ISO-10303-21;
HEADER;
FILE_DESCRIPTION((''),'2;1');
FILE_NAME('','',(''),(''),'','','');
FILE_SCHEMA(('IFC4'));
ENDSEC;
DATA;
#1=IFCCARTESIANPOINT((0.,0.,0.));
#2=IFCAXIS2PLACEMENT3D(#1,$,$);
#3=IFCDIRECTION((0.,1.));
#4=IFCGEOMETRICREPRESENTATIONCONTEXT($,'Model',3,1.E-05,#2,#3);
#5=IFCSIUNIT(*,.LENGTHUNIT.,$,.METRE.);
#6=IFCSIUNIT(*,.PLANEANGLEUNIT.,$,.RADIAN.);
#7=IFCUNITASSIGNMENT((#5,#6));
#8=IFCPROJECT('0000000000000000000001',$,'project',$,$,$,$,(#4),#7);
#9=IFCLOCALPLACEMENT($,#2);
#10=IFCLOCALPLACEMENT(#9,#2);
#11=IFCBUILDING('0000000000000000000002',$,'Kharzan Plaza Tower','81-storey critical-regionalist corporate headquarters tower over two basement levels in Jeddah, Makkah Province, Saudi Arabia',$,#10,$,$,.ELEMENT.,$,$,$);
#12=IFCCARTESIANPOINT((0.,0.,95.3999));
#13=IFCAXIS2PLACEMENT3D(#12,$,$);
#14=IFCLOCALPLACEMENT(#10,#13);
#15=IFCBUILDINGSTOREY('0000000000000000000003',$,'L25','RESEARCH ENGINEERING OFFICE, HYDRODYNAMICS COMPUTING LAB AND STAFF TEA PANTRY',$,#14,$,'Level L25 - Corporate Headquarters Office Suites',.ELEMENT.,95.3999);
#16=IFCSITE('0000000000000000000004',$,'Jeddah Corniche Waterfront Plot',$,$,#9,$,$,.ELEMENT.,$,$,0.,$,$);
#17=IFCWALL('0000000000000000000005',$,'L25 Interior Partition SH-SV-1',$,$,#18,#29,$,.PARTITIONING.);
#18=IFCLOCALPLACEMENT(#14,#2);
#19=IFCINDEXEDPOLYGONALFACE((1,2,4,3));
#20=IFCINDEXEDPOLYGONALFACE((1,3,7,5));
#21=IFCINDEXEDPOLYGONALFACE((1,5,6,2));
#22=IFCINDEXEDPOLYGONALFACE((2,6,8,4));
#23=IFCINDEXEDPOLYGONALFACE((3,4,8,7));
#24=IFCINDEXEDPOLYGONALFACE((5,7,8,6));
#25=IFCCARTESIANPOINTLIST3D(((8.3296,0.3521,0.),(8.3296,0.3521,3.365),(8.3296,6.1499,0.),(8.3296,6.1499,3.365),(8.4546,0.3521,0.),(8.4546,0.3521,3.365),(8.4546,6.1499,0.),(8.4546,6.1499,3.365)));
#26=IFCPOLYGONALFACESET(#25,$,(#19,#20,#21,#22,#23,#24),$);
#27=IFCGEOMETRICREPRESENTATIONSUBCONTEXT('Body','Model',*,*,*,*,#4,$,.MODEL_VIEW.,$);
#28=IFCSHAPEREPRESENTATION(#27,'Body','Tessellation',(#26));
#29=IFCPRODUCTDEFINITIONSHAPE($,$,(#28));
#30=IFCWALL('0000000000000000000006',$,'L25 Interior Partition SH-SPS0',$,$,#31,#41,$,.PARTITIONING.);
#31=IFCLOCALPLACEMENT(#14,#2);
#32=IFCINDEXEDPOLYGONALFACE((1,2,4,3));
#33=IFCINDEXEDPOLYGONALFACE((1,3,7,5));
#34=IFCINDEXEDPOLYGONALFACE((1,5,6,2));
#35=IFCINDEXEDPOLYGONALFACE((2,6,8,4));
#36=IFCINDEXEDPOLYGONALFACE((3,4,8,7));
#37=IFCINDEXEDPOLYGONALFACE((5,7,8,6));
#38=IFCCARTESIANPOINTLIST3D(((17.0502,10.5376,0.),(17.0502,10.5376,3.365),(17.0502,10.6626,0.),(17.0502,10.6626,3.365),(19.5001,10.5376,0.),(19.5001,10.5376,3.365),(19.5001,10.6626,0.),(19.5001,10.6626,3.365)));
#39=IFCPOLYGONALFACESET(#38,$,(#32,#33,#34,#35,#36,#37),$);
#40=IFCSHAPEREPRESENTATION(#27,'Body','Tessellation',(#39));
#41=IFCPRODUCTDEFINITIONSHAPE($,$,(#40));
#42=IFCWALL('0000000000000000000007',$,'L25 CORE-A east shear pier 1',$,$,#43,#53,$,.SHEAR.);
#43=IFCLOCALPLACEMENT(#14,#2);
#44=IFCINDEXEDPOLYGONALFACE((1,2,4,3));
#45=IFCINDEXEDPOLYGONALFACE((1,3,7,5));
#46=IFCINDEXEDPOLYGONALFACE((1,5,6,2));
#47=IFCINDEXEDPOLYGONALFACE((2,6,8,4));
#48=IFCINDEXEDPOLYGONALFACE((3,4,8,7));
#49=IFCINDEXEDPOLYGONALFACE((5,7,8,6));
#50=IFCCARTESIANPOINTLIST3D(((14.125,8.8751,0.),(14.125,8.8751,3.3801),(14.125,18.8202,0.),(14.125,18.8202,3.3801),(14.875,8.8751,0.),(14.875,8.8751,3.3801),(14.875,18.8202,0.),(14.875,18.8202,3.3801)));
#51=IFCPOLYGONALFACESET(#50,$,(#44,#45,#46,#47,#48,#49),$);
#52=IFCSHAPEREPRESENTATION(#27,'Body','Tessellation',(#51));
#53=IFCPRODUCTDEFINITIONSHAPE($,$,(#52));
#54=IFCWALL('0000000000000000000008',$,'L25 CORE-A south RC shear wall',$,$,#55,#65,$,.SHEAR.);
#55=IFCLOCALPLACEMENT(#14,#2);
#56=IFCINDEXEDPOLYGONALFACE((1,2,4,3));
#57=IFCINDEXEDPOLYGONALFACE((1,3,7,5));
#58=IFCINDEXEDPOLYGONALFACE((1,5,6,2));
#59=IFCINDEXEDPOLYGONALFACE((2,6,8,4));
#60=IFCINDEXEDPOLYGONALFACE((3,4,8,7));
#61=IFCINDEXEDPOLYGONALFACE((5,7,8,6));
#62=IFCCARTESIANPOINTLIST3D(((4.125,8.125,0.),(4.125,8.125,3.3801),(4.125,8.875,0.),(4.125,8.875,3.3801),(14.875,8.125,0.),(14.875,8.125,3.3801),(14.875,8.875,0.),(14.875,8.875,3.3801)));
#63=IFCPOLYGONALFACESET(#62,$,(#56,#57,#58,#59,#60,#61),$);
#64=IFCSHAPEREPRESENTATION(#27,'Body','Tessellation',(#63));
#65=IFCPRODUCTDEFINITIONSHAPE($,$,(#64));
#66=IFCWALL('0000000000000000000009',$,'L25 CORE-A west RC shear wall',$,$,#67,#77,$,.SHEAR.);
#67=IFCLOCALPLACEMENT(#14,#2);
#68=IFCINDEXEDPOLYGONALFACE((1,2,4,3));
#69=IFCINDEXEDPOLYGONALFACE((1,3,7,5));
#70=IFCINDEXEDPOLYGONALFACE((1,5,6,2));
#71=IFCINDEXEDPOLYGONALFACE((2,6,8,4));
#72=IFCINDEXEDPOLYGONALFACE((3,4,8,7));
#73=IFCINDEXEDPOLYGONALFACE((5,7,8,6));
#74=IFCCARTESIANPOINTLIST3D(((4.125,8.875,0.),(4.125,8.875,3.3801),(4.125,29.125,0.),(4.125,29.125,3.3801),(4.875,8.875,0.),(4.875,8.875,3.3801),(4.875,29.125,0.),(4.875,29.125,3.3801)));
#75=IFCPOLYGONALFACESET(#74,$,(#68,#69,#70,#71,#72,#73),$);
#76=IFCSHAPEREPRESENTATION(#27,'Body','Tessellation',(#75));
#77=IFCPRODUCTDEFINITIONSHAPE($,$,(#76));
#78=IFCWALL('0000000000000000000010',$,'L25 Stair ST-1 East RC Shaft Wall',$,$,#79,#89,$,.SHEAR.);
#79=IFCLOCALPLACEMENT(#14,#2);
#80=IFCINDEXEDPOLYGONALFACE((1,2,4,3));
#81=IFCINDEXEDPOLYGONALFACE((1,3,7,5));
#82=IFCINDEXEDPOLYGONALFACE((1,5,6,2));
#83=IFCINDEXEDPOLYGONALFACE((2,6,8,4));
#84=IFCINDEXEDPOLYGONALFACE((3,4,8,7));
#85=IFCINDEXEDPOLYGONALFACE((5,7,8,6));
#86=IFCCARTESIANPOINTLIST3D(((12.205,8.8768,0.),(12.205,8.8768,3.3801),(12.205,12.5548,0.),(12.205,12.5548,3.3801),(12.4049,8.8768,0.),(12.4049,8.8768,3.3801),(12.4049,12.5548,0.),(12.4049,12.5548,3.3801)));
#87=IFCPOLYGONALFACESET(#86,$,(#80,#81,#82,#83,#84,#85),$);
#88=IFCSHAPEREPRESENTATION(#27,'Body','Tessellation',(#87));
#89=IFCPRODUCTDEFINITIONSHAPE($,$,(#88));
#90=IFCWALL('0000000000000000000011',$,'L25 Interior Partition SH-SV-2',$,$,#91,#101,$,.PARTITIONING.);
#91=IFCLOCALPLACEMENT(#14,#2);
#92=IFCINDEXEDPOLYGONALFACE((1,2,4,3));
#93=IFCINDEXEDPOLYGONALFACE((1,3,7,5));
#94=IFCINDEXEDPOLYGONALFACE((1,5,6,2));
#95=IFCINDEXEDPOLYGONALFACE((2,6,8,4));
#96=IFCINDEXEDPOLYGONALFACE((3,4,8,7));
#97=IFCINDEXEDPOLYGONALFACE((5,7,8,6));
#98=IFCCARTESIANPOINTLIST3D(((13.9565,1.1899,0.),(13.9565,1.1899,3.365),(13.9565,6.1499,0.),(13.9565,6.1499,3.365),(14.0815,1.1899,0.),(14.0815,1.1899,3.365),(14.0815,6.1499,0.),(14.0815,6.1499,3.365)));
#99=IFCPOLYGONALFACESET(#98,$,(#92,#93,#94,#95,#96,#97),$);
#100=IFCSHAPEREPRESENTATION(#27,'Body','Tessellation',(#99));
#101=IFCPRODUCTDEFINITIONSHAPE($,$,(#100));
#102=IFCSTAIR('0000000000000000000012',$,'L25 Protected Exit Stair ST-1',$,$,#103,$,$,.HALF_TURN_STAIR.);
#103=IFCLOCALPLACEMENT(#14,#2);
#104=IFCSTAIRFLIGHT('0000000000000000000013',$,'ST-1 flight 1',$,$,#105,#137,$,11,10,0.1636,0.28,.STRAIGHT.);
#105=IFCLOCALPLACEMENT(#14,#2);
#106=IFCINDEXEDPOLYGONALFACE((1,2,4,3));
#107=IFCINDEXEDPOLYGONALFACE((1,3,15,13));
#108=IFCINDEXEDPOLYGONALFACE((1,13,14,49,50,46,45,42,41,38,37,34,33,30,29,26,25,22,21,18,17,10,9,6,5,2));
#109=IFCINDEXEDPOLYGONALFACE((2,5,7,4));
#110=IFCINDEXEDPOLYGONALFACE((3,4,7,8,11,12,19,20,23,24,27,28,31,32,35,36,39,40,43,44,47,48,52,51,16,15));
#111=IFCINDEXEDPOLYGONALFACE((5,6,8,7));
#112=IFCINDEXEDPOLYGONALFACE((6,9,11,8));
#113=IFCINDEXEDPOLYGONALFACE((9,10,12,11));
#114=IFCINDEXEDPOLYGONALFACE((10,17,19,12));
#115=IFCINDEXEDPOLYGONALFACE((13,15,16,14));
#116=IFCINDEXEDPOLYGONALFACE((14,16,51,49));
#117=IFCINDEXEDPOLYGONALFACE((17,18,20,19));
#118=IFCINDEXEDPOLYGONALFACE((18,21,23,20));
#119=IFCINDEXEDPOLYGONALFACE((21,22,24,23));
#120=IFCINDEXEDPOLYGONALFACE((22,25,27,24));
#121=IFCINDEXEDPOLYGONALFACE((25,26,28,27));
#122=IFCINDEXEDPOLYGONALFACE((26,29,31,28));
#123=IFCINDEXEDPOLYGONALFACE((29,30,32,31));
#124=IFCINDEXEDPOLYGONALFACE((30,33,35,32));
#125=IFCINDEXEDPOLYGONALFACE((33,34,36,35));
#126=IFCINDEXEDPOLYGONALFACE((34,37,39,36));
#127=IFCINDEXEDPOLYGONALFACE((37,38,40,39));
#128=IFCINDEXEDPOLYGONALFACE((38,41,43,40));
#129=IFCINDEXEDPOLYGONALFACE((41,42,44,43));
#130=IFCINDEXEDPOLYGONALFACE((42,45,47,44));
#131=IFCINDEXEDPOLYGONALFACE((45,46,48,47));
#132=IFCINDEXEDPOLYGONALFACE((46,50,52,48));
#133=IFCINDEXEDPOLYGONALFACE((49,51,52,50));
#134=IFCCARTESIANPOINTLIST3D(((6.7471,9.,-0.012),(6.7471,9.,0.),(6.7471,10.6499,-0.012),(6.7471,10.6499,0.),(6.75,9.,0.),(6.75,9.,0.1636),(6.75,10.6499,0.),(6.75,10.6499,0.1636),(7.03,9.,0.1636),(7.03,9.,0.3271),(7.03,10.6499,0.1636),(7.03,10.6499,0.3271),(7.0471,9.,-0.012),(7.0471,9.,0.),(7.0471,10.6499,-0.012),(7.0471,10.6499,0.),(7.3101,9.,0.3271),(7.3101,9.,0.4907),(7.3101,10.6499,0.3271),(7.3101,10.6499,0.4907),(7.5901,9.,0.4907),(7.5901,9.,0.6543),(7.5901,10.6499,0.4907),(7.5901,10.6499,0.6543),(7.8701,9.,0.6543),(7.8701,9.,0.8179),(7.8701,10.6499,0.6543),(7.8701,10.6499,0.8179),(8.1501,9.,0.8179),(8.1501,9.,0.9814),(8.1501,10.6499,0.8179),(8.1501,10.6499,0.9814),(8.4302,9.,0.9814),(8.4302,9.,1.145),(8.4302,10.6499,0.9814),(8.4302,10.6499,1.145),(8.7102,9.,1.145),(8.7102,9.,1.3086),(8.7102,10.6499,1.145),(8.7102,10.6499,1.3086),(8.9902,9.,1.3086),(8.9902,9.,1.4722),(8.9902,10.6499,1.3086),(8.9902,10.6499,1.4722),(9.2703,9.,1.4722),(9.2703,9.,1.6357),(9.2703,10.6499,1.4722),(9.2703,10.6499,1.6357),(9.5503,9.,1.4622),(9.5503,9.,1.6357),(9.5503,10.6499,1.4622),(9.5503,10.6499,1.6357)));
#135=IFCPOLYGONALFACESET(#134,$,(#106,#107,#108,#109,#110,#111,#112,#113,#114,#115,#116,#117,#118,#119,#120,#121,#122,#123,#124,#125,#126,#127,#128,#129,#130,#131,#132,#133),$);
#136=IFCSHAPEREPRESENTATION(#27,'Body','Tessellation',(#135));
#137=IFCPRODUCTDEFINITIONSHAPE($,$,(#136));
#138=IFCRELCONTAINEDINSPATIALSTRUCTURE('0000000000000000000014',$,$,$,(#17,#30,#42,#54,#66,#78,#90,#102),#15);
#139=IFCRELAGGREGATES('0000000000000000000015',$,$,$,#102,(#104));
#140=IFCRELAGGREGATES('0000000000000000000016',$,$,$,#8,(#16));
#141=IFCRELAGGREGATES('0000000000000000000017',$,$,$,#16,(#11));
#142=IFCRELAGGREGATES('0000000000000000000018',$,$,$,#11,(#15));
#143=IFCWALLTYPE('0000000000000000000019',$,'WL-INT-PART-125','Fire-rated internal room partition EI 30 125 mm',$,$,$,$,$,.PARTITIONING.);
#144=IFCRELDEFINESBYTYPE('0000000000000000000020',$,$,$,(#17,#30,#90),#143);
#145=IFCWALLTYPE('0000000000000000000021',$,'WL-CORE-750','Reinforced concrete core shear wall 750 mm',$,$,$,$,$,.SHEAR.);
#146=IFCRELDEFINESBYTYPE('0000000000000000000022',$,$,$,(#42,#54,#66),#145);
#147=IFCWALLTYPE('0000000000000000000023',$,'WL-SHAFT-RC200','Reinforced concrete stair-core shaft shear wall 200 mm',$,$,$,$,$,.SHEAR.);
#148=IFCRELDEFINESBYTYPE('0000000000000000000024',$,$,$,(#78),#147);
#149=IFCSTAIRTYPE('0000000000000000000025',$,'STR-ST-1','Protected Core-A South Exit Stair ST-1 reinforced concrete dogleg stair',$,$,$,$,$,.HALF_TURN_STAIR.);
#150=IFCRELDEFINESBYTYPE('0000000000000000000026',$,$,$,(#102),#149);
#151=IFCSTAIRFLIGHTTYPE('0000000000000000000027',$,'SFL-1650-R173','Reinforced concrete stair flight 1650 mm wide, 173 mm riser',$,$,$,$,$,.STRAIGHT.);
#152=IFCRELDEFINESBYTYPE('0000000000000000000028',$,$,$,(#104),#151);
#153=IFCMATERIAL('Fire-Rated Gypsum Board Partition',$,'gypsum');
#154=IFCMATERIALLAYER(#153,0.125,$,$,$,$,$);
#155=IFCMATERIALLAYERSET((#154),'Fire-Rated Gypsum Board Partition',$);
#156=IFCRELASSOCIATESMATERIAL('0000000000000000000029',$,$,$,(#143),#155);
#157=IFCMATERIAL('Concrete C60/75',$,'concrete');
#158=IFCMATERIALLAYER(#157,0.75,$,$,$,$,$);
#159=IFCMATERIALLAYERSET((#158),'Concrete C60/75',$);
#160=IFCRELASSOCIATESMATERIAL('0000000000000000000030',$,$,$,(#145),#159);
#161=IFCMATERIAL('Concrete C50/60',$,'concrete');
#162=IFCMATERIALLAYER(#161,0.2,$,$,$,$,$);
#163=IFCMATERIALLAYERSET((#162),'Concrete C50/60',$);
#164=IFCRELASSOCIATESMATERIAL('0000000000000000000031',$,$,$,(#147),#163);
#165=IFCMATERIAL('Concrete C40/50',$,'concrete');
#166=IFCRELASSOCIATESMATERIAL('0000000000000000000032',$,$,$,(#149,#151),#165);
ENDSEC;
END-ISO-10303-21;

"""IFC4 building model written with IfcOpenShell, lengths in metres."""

from ifc_helpers import new_model, si_unit, direction, frame, frame_2d, origin, place, context, subcontext, project, spatial, polyline, rectangle, outline, extrude, source, transform, mapped, material, layer, layer_set, type_object, element, aggregate, save


model = new_model("IFC4")

# Units and contexts
model_context = context("Model", 3, precision=1e-05, world=origin(), true_north=direction((0.0, 1.0)))
body_context = subcontext(model_context, "Body", "Model", "MODEL_VIEW")
ifc_project = project(units=[si_unit("LENGTHUNIT", "METRE"), si_unit("PLANEANGLEUNIT", "RADIAN")], contexts=[model_context])

# Site, building, storey
site_placement = place(None, origin())
site = spatial("IfcSite", under=ifc_project, at=site_placement, Name="Jeddah Corniche Waterfront Plot", CompositionType="ELEMENT", RefElevation=0.0)
building_placement = place(site_placement, origin())
building = spatial("IfcBuilding", under=site, at=building_placement, Name="Kharzan Plaza Tower", Description="81-storey critical-regionalist corporate headquarters tower over two basement levels in Jeddah, Makkah Province, Saudi Arabia", CompositionType="ELEMENT")
storey_placement = place(building_placement, frame((0.0, 0.0, 95.3999)))
storey = spatial("IfcBuildingStorey", under=building, at=storey_placement, Name="L25", Description="RESEARCH ENGINEERING OFFICE, HYDRODYNAMICS COMPUTING LAB AND STAFF TEA PANTRY", LongName="Level L25 - Corporate Headquarters Office Suites", CompositionType="ELEMENT", Elevation=95.3999)

# Shared definitions
ifc_material_1 = material(Name="Concrete C60/75", Category="concrete")

# Shared definitions
ifc_material_2 = material(Name="Concrete C40/50", Category="concrete")

# Shared definitions
ifc_material_3 = material(Name="Fire-Rated Gypsum Board Partition", Category="gypsum")
ifc_layer_1 = layer(ifc_material_3, 0.125)
ifc_layer_set_1 = layer_set([ifc_layer_1], Name="Fire-Rated Gypsum Board Partition")
wall_type_1 = type_object("IfcWallType", Name="WL-INT-PART-125", Description="Fire-rated internal room partition EI 30 125 mm", PredefinedType="PARTITIONING", material=ifc_layer_set_1)

# Walls
shared_shape_1 = source(origin(), body_context, "Body", "SweptSolid", [
    extrude(rectangle(XDim=5.7979, YDim=0.125, at=frame_2d((2.8989, 0.0))), origin(), (0.0, 0.0, 1.0), 3.365),
])
wall_1_placement = place(storey_placement, frame((8.3921, 0.3521, 0.0), z_axis=(0.0, 0.0, 1.0), x_axis=(0.0, 1.0, 0.0)))
element("IfcWall", 1, at=wall_1_placement, inside=storey, type_object=wall_type_1, Name="L25 Interior Partition SH-SV-1", PredefinedType="PARTITIONING", context=body_context, shape_type="MappedRepresentation", body=[
    mapped(shared_shape_1, transform((0.0, 0.0, 0.0), x_axis=(1.0, 0.0, 0.0), y_axis=(0.0, 1.0, 0.0), z_axis=(0.0, 0.0, 1.0))),
])
shared_shape_2 = source(origin(), body_context, "Body", "SweptSolid", [
    extrude(rectangle(XDim=2.45, YDim=0.125, at=frame_2d((1.2251, 0.0))), origin(), (0.0, 0.0, 1.0), 3.365),
])
wall_2_placement = place(storey_placement, frame((17.05, 10.6001, 0.0), z_axis=(0.0, 0.0, 1.0), x_axis=(1.0, 0.0, 0.0)))
element("IfcWall", 2, at=wall_2_placement, inside=storey, type_object=wall_type_1, Name="L25 Interior Partition SH-SPS0", PredefinedType="PARTITIONING", context=body_context, shape_type="MappedRepresentation", body=[
    mapped(shared_shape_2, transform((0.0, 0.0, 0.0), x_axis=(1.0, 0.0, 0.0), y_axis=(0.0, 1.0, 0.0), z_axis=(0.0, 0.0, 1.0))),
])
ifc_layer_2 = layer(ifc_material_1, 0.75)
ifc_layer_set_2 = layer_set([ifc_layer_2], Name="Concrete C60/75")
wall_type_2 = type_object("IfcWallType", Name="WL-CORE-750", Description="Reinforced concrete core shear wall 750 mm", PredefinedType="SHEAR", material=ifc_layer_set_2)
shared_shape_3 = source(origin(), body_context, "Body", "SweptSolid", [
    extrude(rectangle(XDim=9.9451, YDim=0.75, at=frame_2d((4.9727, 0.0))), origin(), (0.0, 0.0, 1.0), 3.3801),
])
wall_3_placement = place(storey_placement, frame((14.5, 8.875, 0.0), z_axis=(0.0, 0.0, 1.0), x_axis=(0.0, 1.0, 0.0)))
element("IfcWall", 3, at=wall_3_placement, inside=storey, type_object=wall_type_2, Name="L25 CORE-A east shear pier 1", PredefinedType="SHEAR", context=body_context, shape_type="MappedRepresentation", body=[
    mapped(shared_shape_3, transform((0.0, 0.0, 0.0), x_axis=(1.0, 0.0, 0.0), y_axis=(0.0, 1.0, 0.0), z_axis=(0.0, 0.0, 1.0))),
])
shared_shape_4 = source(origin(), body_context, "Body", "SweptSolid", [
    extrude(rectangle(XDim=10.75, YDim=0.75, at=frame_2d((5.375, 0.0))), origin(), (0.0, 0.0, 1.0), 3.3801),
])
wall_4_placement = place(storey_placement, frame((4.125, 8.5, 0.0), z_axis=(0.0, 0.0, 1.0), x_axis=(1.0, 0.0, 0.0)))
element("IfcWall", 4, at=wall_4_placement, inside=storey, type_object=wall_type_2, Name="L25 CORE-A south RC shear wall", PredefinedType="SHEAR", context=body_context, shape_type="MappedRepresentation", body=[
    mapped(shared_shape_4, transform((0.0, 0.0, 0.0), x_axis=(1.0, 0.0, 0.0), y_axis=(0.0, 1.0, 0.0), z_axis=(0.0, 0.0, 1.0))),
])
shared_shape_5 = source(origin(), body_context, "Body", "SweptSolid", [
    extrude(rectangle(XDim=20.25, YDim=0.75, at=frame_2d((10.125, 0.0))), origin(), (0.0, 0.0, 1.0), 3.3801),
])
wall_5_placement = place(storey_placement, frame((4.5, 8.875, 0.0), z_axis=(0.0, 0.0, 1.0), x_axis=(0.0, 1.0, 0.0)))
element("IfcWall", 5, at=wall_5_placement, inside=storey, type_object=wall_type_2, Name="L25 CORE-A west RC shear wall", PredefinedType="SHEAR", context=body_context, shape_type="MappedRepresentation", body=[
    mapped(shared_shape_5, transform((0.0, 0.0, 0.0), x_axis=(1.0, 0.0, 0.0), y_axis=(0.0, 1.0, 0.0), z_axis=(0.0, 0.0, 1.0))),
])
ifc_material_4 = material(Name="Concrete C50/60", Category="concrete")
ifc_layer_3 = layer(ifc_material_4, 0.2)
ifc_layer_set_3 = layer_set([ifc_layer_3], Name="Concrete C50/60")
wall_type_3 = type_object("IfcWallType", Name="WL-SHAFT-RC200", Description="Reinforced concrete stair-core shaft shear wall 200 mm", PredefinedType="SHEAR", material=ifc_layer_set_3)
shared_shape_6 = source(origin(), body_context, "Body", "SweptSolid", [
    extrude(rectangle(XDim=3.678, YDim=0.2, at=frame_2d((1.8389, 0.0))), origin(), (0.0, 0.0, 1.0), 3.3801),
])
wall_6_placement = place(storey_placement, frame((12.3049, 8.877, 0.0), z_axis=(0.0, 0.0, 1.0), x_axis=(0.0, 1.0, 0.0)))
element("IfcWall", 6, at=wall_6_placement, inside=storey, type_object=wall_type_3, Name="L25 Stair ST-1 East RC Shaft Wall", PredefinedType="SHEAR", context=body_context, shape_type="MappedRepresentation", body=[
    mapped(shared_shape_6, transform((0.0, 0.0, 0.0), x_axis=(1.0, 0.0, 0.0), y_axis=(0.0, 1.0, 0.0), z_axis=(0.0, 0.0, 1.0))),
])
shared_shape_7 = source(origin(), body_context, "Body", "SweptSolid", [
    extrude(rectangle(XDim=4.96, YDim=0.125, at=frame_2d((2.48, 0.0))), origin(), (0.0, 0.0, 1.0), 3.365),
])
wall_7_placement = place(storey_placement, frame((14.019, 1.1899, 0.0), z_axis=(0.0, 0.0, 1.0), x_axis=(0.0, 1.0, 0.0)))
element("IfcWall", 7, at=wall_7_placement, inside=storey, type_object=wall_type_1, Name="L25 Interior Partition SH-SV-2", PredefinedType="PARTITIONING", context=body_context, shape_type="MappedRepresentation", body=[
    mapped(shared_shape_7, transform((0.0, 0.0, 0.0), x_axis=(1.0, 0.0, 0.0), y_axis=(0.0, 1.0, 0.0), z_axis=(0.0, 0.0, 1.0))),
])

# Stair, stair flight
stair_type = type_object("IfcStairType", Name="STR-ST-1", Description="Protected Core-A South Exit Stair ST-1 reinforced concrete dogleg stair", PredefinedType="HALF_TURN_STAIR", material=ifc_material_2)
stair_placement = place(storey_placement, origin())
stair = element("IfcStair", 8, at=stair_placement, inside=storey, type_object=stair_type, Name="L25 Protected Exit Stair ST-1", PredefinedType="HALF_TURN_STAIR")
stair_flight_type = type_object("IfcStairFlightType", Name="SFL-1650-R173", Description="Reinforced concrete stair flight 1650 mm wide, 173 mm riser", PredefinedType="STRAIGHT", material=ifc_material_2)
shared_shape_8 = source(origin(), body_context, "Body", "SweptSolid", [
    extrude(outline(polyline([(-0.0029, -0.012), (-0.0029, 0.0), (0.0, 0.0), (0.0, 0.1636), (0.28, 0.1636), (0.28, 0.3271), (0.5601, 0.3271), (0.5601, 0.4907), (0.8401, 0.4907), (0.8401, 0.6543), (1.1201, 0.6543), (1.1201, 0.8179), (1.4001, 0.8179), (1.4001, 0.9814), (1.6802, 0.9814), (1.6802, 1.145), (1.9602, 1.145), (1.9602, 1.3086), (2.2402, 1.3086), (2.2402, 1.4722), (2.5203, 1.4722), (2.5203, 1.6357), (2.8003, 1.6357), (2.8003, 1.7993), (2.8003, 1.4622), (0.2971, 0.0), (0.2971, -0.012), (-0.0029, -0.012)])), frame((0.0, 0.825, 0.0), z_axis=(0.0, -1.0, 0.0), x_axis=(1.0, 0.0, 0.0)), (0.0, 0.0, 1.0), 1.6499),
])
stair_flight_placement = place(storey_placement, frame((6.75, 9.825, 0.0), z_axis=(0.0, 0.0, 1.0), x_axis=(1.0, 0.0, 0.0)))
stair_flight = element("IfcStairFlight", 9, at=stair_flight_placement, type_object=stair_flight_type, Name="ST-1 flight 1", NumberOfRisers=11, NumberOfTreads=10, PredefinedType="STRAIGHT", RiserHeight=0.1636, TreadLength=0.28, context=body_context, shape_type="MappedRepresentation", body=[
    mapped(shared_shape_8, transform((0.0, 0.0, 0.0), x_axis=(1.0, 0.0, 0.0), y_axis=(0.0, 1.0, 0.0), z_axis=(0.0, 0.0, 1.0))),
])
aggregate(stair, [stair_flight])

save(model, "model.ifc")
